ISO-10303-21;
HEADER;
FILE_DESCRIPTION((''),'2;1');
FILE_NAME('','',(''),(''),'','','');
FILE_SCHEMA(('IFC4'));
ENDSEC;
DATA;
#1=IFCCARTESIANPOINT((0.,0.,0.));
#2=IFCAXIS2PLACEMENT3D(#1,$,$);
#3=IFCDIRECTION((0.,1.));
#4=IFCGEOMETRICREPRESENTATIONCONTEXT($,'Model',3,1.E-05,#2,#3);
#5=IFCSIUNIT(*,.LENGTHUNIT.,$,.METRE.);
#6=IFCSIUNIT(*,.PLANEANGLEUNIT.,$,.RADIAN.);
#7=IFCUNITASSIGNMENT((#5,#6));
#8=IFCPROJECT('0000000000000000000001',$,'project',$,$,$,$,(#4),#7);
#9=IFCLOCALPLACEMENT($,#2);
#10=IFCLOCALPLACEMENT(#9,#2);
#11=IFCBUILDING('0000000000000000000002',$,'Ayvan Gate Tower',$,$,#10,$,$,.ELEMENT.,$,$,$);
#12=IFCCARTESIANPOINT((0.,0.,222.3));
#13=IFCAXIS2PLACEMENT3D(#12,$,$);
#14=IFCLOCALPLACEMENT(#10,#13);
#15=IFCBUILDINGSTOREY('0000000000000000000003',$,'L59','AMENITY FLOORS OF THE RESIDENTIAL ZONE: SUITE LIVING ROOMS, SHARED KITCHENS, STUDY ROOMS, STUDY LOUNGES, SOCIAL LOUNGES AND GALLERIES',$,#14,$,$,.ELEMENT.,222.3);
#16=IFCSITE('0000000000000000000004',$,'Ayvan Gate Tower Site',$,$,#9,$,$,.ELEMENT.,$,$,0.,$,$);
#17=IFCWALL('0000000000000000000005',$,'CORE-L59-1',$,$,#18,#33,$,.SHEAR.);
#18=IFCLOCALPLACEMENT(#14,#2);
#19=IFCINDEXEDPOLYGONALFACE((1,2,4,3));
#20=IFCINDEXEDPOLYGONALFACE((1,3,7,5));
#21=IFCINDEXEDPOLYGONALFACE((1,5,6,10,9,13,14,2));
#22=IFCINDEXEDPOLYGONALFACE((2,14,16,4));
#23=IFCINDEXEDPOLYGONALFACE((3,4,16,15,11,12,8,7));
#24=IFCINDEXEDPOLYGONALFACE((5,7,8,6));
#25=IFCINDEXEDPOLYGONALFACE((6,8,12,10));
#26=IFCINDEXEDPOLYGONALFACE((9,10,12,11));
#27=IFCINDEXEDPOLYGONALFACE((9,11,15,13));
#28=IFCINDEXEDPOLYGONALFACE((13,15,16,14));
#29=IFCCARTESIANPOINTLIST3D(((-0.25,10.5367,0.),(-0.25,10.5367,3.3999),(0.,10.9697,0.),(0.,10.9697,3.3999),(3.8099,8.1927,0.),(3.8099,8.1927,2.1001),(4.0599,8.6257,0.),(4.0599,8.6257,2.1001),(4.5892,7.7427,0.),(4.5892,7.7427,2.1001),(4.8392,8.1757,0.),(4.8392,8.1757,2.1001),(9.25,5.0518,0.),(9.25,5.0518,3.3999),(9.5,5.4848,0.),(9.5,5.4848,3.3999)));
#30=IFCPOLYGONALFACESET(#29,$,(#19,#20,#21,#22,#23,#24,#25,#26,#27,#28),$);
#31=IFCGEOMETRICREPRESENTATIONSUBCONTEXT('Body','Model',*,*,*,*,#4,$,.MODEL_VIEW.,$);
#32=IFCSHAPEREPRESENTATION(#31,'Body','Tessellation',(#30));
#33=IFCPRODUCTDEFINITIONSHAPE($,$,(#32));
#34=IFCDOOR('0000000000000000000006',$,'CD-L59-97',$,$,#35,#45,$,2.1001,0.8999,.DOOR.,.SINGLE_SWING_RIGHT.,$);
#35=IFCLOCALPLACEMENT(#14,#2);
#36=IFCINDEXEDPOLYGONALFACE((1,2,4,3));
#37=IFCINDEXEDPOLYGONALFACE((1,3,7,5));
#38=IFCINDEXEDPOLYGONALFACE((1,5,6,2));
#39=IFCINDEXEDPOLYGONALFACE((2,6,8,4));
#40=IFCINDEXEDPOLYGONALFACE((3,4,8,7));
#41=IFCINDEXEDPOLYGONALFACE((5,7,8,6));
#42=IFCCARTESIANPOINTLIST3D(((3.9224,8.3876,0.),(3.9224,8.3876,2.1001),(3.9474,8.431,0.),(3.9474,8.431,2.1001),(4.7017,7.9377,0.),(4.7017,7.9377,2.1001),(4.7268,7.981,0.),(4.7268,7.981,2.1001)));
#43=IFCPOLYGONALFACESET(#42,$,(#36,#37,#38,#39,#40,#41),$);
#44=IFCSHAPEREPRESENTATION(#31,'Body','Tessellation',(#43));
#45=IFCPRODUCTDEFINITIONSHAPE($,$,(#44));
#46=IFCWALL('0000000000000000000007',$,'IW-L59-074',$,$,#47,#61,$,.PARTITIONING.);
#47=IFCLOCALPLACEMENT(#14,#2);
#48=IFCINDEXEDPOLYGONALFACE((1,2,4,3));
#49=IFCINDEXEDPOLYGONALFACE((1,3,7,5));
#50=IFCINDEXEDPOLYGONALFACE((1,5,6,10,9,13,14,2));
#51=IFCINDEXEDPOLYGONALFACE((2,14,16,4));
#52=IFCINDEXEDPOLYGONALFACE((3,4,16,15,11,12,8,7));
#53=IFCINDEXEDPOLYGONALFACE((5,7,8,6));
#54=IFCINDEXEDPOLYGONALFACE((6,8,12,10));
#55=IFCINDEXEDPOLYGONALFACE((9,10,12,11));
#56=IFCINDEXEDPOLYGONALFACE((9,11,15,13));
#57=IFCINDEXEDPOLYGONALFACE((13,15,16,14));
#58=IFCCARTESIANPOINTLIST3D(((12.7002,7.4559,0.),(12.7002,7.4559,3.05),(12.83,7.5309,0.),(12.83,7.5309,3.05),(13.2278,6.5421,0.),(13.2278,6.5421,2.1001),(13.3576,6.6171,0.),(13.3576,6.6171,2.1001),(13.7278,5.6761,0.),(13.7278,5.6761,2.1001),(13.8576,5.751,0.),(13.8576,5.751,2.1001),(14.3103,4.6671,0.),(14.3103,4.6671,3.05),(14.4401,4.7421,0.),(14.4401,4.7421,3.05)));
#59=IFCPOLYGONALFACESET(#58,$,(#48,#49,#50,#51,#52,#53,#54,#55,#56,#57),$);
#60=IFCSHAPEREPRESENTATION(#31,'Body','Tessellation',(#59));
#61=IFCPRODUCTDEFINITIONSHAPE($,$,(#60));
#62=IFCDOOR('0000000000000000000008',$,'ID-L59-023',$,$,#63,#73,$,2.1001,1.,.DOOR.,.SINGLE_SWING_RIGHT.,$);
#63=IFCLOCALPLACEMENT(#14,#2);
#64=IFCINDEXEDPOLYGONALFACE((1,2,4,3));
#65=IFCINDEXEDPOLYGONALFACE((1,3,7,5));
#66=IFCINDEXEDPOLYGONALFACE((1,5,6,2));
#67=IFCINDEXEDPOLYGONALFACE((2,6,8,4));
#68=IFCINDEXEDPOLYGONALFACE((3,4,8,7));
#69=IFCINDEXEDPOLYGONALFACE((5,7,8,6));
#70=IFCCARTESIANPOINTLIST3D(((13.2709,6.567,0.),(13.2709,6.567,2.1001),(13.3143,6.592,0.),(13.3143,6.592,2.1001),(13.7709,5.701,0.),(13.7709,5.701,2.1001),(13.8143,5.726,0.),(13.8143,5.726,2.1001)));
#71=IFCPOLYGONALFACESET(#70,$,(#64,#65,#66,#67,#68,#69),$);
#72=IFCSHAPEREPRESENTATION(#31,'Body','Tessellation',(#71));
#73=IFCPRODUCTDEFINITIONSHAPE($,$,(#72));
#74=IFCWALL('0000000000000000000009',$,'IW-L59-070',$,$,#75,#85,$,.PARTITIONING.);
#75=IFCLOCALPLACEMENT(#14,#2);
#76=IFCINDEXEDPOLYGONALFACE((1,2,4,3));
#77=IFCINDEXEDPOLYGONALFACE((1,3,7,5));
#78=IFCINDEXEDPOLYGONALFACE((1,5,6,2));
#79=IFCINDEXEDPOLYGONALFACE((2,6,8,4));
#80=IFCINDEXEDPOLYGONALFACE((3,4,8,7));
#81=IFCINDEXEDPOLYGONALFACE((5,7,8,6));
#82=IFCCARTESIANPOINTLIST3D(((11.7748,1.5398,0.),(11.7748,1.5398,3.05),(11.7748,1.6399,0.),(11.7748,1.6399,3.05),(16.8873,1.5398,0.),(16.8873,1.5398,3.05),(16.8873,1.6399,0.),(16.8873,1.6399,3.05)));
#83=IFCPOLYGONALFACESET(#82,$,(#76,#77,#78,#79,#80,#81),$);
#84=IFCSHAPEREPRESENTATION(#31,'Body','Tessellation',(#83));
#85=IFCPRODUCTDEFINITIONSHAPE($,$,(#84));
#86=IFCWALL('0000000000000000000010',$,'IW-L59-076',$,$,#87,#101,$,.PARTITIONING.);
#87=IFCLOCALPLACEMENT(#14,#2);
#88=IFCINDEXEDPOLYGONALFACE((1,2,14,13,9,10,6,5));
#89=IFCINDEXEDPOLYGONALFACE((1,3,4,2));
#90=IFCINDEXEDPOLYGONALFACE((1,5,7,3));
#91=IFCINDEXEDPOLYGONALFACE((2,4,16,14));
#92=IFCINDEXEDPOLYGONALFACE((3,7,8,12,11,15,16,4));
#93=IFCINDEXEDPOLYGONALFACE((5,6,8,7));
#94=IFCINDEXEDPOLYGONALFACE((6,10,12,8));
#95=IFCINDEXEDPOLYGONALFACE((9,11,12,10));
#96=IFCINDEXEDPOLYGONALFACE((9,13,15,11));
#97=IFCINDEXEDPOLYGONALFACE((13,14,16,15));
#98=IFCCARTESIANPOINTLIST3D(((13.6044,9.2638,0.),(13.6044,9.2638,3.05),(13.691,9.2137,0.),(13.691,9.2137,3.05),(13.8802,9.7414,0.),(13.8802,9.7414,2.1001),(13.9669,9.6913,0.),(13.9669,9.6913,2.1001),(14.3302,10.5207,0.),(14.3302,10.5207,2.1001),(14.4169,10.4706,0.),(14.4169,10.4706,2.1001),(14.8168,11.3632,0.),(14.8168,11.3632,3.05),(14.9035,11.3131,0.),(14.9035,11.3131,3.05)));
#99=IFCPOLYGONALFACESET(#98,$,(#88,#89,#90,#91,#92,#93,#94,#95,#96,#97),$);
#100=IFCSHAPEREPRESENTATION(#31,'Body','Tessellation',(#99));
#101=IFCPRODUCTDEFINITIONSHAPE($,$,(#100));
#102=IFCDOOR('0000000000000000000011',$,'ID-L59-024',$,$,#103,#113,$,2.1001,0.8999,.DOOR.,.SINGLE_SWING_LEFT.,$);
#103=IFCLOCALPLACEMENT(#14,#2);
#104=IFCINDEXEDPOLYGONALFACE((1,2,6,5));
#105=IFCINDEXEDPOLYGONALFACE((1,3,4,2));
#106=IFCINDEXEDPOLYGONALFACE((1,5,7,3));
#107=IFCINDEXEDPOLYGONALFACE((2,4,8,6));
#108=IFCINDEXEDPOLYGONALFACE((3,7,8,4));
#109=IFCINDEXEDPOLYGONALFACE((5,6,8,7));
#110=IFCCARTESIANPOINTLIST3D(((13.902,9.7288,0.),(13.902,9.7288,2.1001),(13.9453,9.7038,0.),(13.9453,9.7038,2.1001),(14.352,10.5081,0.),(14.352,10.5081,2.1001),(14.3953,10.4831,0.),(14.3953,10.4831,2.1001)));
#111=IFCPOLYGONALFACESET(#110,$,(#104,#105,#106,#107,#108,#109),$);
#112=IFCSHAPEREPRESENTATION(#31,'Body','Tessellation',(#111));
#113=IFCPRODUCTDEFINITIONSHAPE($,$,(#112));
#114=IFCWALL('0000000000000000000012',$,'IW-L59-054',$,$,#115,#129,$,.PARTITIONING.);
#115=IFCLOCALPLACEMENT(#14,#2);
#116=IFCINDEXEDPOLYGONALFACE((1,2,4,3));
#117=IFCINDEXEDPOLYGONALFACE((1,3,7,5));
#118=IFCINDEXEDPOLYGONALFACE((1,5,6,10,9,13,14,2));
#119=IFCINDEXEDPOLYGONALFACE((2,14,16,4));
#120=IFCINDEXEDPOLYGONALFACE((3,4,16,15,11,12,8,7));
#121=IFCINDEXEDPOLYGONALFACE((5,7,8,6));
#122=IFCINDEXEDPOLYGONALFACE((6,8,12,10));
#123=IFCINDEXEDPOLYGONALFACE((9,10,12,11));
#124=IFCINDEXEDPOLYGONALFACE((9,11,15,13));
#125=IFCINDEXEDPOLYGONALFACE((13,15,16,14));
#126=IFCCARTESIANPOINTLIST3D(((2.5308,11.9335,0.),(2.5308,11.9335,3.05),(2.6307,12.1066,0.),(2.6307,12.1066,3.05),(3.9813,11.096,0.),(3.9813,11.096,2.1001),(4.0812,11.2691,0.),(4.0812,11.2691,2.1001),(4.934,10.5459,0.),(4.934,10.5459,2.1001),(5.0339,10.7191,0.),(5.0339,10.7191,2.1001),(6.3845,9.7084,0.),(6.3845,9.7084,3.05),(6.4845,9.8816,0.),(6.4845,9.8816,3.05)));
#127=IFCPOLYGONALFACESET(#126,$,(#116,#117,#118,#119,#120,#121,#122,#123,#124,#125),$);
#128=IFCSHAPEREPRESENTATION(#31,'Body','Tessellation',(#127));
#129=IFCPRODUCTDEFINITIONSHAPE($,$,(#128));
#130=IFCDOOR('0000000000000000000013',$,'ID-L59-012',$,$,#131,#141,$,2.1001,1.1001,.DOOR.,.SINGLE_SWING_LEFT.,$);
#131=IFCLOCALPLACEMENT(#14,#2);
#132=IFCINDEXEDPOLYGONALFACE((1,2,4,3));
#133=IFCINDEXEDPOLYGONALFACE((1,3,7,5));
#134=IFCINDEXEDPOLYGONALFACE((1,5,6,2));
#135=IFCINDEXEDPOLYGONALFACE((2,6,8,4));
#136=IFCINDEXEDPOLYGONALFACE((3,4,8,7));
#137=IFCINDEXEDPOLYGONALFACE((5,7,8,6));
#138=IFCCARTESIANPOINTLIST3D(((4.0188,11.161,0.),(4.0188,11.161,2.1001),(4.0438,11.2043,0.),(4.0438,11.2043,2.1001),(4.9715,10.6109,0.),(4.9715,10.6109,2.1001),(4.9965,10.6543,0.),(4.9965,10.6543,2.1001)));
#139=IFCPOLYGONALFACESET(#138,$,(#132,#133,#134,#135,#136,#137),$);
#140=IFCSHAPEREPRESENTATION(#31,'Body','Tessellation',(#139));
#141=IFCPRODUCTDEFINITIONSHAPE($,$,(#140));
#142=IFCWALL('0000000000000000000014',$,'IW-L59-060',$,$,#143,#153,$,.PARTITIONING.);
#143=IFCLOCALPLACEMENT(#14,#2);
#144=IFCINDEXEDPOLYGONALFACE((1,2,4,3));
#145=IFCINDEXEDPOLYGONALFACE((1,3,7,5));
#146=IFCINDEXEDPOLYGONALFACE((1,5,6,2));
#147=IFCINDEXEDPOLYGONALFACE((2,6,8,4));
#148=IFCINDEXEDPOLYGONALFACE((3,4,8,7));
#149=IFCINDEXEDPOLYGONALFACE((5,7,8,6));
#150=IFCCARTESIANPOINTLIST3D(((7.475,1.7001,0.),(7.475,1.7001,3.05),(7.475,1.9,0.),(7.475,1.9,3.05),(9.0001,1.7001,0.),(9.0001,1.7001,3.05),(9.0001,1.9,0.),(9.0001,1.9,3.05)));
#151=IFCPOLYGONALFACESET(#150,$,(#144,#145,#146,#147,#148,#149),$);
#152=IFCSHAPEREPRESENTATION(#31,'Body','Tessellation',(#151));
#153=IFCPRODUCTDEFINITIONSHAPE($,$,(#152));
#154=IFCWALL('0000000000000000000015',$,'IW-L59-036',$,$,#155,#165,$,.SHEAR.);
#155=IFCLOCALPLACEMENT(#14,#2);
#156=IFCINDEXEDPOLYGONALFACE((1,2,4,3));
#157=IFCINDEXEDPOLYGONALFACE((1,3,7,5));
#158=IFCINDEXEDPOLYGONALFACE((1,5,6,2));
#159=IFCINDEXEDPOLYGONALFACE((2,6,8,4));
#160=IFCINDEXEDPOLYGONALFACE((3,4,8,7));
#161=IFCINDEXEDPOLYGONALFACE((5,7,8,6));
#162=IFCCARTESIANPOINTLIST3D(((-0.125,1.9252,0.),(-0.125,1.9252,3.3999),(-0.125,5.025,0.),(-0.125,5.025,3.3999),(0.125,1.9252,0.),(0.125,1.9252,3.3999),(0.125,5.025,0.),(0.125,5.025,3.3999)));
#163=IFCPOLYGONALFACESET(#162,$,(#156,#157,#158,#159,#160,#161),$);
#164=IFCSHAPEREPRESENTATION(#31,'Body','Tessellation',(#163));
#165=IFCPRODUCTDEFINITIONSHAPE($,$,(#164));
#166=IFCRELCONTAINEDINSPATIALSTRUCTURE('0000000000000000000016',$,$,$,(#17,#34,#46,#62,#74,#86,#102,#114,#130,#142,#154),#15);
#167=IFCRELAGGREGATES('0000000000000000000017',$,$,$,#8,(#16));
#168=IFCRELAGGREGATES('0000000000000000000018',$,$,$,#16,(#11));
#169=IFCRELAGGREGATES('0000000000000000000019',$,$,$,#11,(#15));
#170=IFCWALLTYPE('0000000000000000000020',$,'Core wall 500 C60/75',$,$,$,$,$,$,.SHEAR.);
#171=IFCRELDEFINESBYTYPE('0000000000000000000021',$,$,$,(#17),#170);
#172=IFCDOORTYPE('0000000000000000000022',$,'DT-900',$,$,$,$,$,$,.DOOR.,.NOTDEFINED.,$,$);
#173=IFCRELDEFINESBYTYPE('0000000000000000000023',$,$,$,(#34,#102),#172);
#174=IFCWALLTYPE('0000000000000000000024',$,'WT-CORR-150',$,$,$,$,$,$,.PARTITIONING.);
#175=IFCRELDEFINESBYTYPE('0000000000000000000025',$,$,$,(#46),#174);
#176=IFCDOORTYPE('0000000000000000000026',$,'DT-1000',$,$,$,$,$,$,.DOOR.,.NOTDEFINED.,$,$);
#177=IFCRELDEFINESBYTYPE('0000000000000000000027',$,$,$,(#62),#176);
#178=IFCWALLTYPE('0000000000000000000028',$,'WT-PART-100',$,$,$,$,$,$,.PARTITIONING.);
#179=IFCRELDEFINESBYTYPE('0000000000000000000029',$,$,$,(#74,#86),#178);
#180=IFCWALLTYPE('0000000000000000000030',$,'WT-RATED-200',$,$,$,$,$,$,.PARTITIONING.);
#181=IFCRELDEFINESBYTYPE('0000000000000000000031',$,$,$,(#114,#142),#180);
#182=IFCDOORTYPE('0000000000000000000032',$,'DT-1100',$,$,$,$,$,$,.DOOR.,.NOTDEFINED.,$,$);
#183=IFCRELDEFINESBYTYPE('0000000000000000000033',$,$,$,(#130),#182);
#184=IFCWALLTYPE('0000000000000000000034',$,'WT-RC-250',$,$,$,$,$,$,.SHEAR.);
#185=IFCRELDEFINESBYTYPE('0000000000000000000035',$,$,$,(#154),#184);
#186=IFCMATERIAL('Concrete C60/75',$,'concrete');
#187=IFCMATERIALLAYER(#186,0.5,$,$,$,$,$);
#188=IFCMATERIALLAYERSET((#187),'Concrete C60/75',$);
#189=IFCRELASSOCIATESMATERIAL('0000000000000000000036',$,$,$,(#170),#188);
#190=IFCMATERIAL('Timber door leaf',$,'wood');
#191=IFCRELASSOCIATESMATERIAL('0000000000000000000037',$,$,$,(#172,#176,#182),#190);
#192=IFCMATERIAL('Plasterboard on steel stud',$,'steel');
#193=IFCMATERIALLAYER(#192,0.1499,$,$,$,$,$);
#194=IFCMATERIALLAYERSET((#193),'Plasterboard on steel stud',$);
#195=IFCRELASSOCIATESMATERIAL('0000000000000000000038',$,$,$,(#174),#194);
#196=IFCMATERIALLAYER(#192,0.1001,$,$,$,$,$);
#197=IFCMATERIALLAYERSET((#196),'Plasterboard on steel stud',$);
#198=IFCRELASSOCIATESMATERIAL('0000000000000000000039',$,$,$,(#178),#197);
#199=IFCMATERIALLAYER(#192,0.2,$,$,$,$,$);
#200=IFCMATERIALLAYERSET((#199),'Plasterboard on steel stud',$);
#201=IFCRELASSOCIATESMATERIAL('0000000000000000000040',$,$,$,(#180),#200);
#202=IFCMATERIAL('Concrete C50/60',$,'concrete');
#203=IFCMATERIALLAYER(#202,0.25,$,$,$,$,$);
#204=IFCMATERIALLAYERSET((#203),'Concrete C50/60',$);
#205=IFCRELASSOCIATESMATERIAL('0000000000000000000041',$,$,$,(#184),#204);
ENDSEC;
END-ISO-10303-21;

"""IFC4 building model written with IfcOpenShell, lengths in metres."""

from ifc_helpers import new_model, si_unit, direction, frame, frame_2d, origin, place, context, subcontext, project, spatial, rectangle, extrude, material, layer, layer_set, type_object, element, fill, save


model = new_model("IFC4")

# Units and contexts
model_context = context("Model", 3, precision=1e-05, world=origin(), true_north=direction((0.0, 1.0)))
body_context = subcontext(model_context, "Body", "Model", "MODEL_VIEW")
ifc_project = project(units=[si_unit("LENGTHUNIT", "METRE"), si_unit("PLANEANGLEUNIT", "RADIAN")], contexts=[model_context])

# Site, building, storey
site_placement = place(None, origin())
site = spatial("IfcSite", under=ifc_project, at=site_placement, Name="Ayvan Gate Tower Site", CompositionType="ELEMENT", RefElevation=0.0)
building_placement = place(site_placement, origin())
building = spatial("IfcBuilding", under=site, at=building_placement, Name="Ayvan Gate Tower", CompositionType="ELEMENT")
storey_placement = place(building_placement, frame((0.0, 0.0, 222.3)))
storey = spatial("IfcBuildingStorey", under=building, at=storey_placement, Name="L59", Description="AMENITY FLOORS OF THE RESIDENTIAL ZONE: SUITE LIVING ROOMS, SHARED KITCHENS, STUDY ROOMS, STUDY LOUNGES, SOCIAL LOUNGES AND GALLERIES", CompositionType="ELEMENT", Elevation=222.3)

# Walls, openings, doors
ifc_material_1 = material(Name="Concrete C60/75", Category="concrete")
ifc_layer_1 = layer(ifc_material_1, 0.5)
ifc_layer_set_1 = layer_set([ifc_layer_1], Name="Concrete C60/75")
wall_type_1 = type_object("IfcWallType", Name="Core wall 500 C60/75", PredefinedType="SHEAR", material=ifc_layer_set_1)
wall_1_placement = place(storey_placement, frame((9.375, 5.2683, 0.0), z_axis=(0.0, 0.0, 1.0), x_axis=(-0.866024, 0.500002, 0.0)))
wall_1 = element("IfcWall", 1, at=wall_1_placement, inside=storey, type_object=wall_type_1, Name="CORE-L59-1", PredefinedType="SHEAR", context=body_context, shape_type="SweptSolid", body=[
    extrude(rectangle(XDim=10.9697, YDim=0.5, at=frame_2d((5.4849, 0.0))), origin(), (0.0, 0.0, 1.0), 3.3999),
])
opening_1_placement = place(wall_1_placement, frame((5.3818, 0.0, 0.0)))
opening_1 = element("IfcOpeningElement", 2, at=opening_1_placement, cuts=wall_1, PredefinedType="OPENING", context=body_context, shape_type="SweptSolid", body=[
    extrude(rectangle(XDim=0.8999, YDim=2.1001, at=frame_2d((0.45, 1.05))), frame((0.0, 0.26, 0.0), z_axis=(0.0, -1.0, 0.0), x_axis=(1.0, 0.0, 0.0)), (0.0, 0.0, 1.0), 0.52),
])
ifc_material_2 = material(Name="Timber door leaf", Category="wood")
door_type_1 = type_object("IfcDoorType", Name="DT-900", OperationType="NOTDEFINED", PredefinedType="DOOR", material=ifc_material_2)
door_1_placement = place(opening_1_placement, origin())
door_1 = element("IfcDoor", 3, at=door_1_placement, inside=storey, type_object=door_type_1, Name="CD-L59-97", OperationType="SINGLE_SWING_RIGHT", OverallHeight=2.1001, OverallWidth=0.8999, PredefinedType="DOOR", context=body_context, shape_type="SweptSolid", body=[
    extrude(rectangle(XDim=0.8999, YDim=2.1001, at=frame_2d((0.45, 1.05))), frame((0.0, 0.0249, 0.0), z_axis=(0.0, -1.0, 0.0), x_axis=(1.0, 0.0, 0.0)), (0.0, 0.0, 1.0), 0.05),
])
fill(opening_1, door_1)
ifc_material_3 = material(Name="Plasterboard on steel stud", Category="steel")
ifc_layer_2 = layer(ifc_material_3, 0.1499)
ifc_layer_set_2 = layer_set([ifc_layer_2], Name="Plasterboard on steel stud")
wall_type_2 = type_object("IfcWallType", Name="WT-CORR-150", PredefinedType="PARTITIONING", material=ifc_layer_set_2)
wall_2_placement = place(storey_placement, frame((12.7651, 7.4934, 0.0), z_axis=(0.0, 0.0, 1.0), x_axis=(0.499996, -0.866028, 0.0)))
wall_2 = element("IfcWall", 4, at=wall_2_placement, inside=storey, type_object=wall_type_2, Name="IW-L59-074", PredefinedType="PARTITIONING", context=body_context, shape_type="SweptSolid", body=[
    extrude(rectangle(XDim=3.2202, YDim=0.1499, at=frame_2d((1.6101, 0.0))), origin(), (0.0, 0.0, 1.0), 3.05),
])
opening_2_placement = place(wall_2_placement, frame((1.0552, 0.0, 0.0)))
opening_2 = element("IfcOpeningElement", 5, at=opening_2_placement, cuts=wall_2, PredefinedType="OPENING", context=body_context, shape_type="SweptSolid", body=[
    extrude(rectangle(XDim=1.0, YDim=2.1001, at=frame_2d((0.5, 1.05))), frame((0.0, 0.085, 0.0), z_axis=(0.0, -1.0, 0.0), x_axis=(1.0, 0.0, 0.0)), (0.0, 0.0, 1.0), 0.1699),
])
door_type_2 = type_object("IfcDoorType", Name="DT-1000", OperationType="NOTDEFINED", PredefinedType="DOOR", material=ifc_material_2)
door_2_placement = place(opening_2_placement, origin())
door_2 = element("IfcDoor", 6, at=door_2_placement, inside=storey, type_object=door_type_2, Name="ID-L59-023", OperationType="SINGLE_SWING_RIGHT", OverallHeight=2.1001, OverallWidth=1.0, PredefinedType="DOOR", context=body_context, shape_type="SweptSolid", body=[
    extrude(rectangle(XDim=1.0, YDim=2.1001, at=frame_2d((0.5, 1.05))), frame((0.0, 0.0249, 0.0), z_axis=(0.0, -1.0, 0.0), x_axis=(1.0, 0.0, 0.0)), (0.0, 0.0, 1.0), 0.05),
])
fill(opening_2, door_2)

# Wall
ifc_layer_3 = layer(ifc_material_3, 0.1001)
ifc_layer_set_3 = layer_set([ifc_layer_3], Name="Plasterboard on steel stud")
wall_type_3 = type_object("IfcWallType", Name="WT-PART-100", PredefinedType="PARTITIONING", material=ifc_layer_set_3)
wall_3_placement = place(storey_placement, frame((11.7749, 1.5898, 0.0), z_axis=(0.0, 0.0, 1.0), x_axis=(1.0, 0.0, 0.0)))
element("IfcWall", 7, at=wall_3_placement, inside=storey, type_object=wall_type_3, Name="IW-L59-070", PredefinedType="PARTITIONING", context=body_context, shape_type="SweptSolid", body=[
    extrude(rectangle(XDim=5.1125, YDim=0.1001, at=frame_2d((2.5562, 0.0))), origin(), (0.0, 0.0, 1.0), 3.05),
])

# Walls, openings, doors
wall_4_placement = place(storey_placement, frame((13.6477, 9.2388, 0.0), z_axis=(0.0, 0.0, 1.0), x_axis=(0.500103, 0.865966, 0.0)))
wall_4 = element("IfcWall", 8, at=wall_4_placement, inside=storey, type_object=wall_type_3, Name="IW-L59-076", PredefinedType="PARTITIONING", context=body_context, shape_type="SweptSolid", body=[
    extrude(rectangle(XDim=2.4243, YDim=0.1001, at=frame_2d((1.2122, 0.0))), origin(), (0.0, 0.0, 1.0), 3.05),
])
opening_3_placement = place(wall_4_placement, frame((0.5515, 0.0, 0.0)))
opening_3 = element("IfcOpeningElement", 9, at=opening_3_placement, cuts=wall_4, PredefinedType="OPENING", context=body_context, shape_type="SweptSolid", body=[
    extrude(rectangle(XDim=0.8999, YDim=2.1001, at=frame_2d((0.45, 1.05))), frame((0.0, 0.0601, 0.0), z_axis=(0.0, -1.0, 0.0), x_axis=(1.0, 0.0, 0.0)), (0.0, 0.0, 1.0), 0.1201),
])
door_3_placement = place(opening_3_placement, origin())
door_3 = element("IfcDoor", 10, at=door_3_placement, inside=storey, type_object=door_type_1, Name="ID-L59-024", OperationType="SINGLE_SWING_LEFT", OverallHeight=2.1001, OverallWidth=0.8999, PredefinedType="DOOR", context=body_context, shape_type="SweptSolid", body=[
    extrude(rectangle(XDim=0.8999, YDim=2.1001, at=frame_2d((0.45, 1.05))), frame((0.0, 0.0249, 0.0), z_axis=(0.0, -1.0, 0.0), x_axis=(1.0, 0.0, 0.0)), (0.0, 0.0, 1.0), 0.05),
])
fill(opening_3, door_3)
ifc_layer_4 = layer(ifc_material_3, 0.2)
ifc_layer_set_4 = layer_set([ifc_layer_4], Name="Plasterboard on steel stud")
wall_type_4 = type_object("IfcWallType", Name="WT-RATED-200", PredefinedType="PARTITIONING", material=ifc_layer_set_4)
wall_5_placement = place(storey_placement, frame((6.4346, 9.7949, 0.0), z_axis=(0.0, 0.0, 1.0), x_axis=(-0.866013, 0.500022, 0.0)))
wall_5 = element("IfcWall", 11, at=wall_5_placement, inside=storey, type_object=wall_type_4, Name="IW-L59-054", PredefinedType="PARTITIONING", context=body_context, shape_type="SweptSolid", body=[
    extrude(rectangle(XDim=4.45, YDim=0.2, at=frame_2d((2.2251, 0.0))), origin(), (0.0, 0.0, 1.0), 3.05),
])
opening_4_placement = place(wall_5_placement, frame((1.675, 0.0, 0.0)))
opening_4 = element("IfcOpeningElement", 12, at=opening_4_placement, cuts=wall_5, PredefinedType="OPENING", context=body_context, shape_type="SweptSolid", body=[
    extrude(rectangle(XDim=1.1001, YDim=2.1001, at=frame_2d((0.55, 1.05))), frame((0.0, 0.1099, 0.0), z_axis=(0.0, -1.0, 0.0), x_axis=(1.0, 0.0, 0.0)), (0.0, 0.0, 1.0), 0.22),
])
door_type_3 = type_object("IfcDoorType", Name="DT-1100", OperationType="NOTDEFINED", PredefinedType="DOOR", material=ifc_material_2)
door_4_placement = place(opening_4_placement, origin())
door_4 = element("IfcDoor", 13, at=door_4_placement, inside=storey, type_object=door_type_3, Name="ID-L59-012", OperationType="SINGLE_SWING_LEFT", OverallHeight=2.1001, OverallWidth=1.1001, PredefinedType="DOOR", context=body_context, shape_type="SweptSolid", body=[
    extrude(rectangle(XDim=1.1001, YDim=2.1001, at=frame_2d((0.55, 1.05))), frame((0.0, 0.0249, 0.0), z_axis=(0.0, -1.0, 0.0), x_axis=(1.0, 0.0, 0.0)), (0.0, 0.0, 1.0), 0.05),
])
fill(opening_4, door_4)

# Walls
wall_6_placement = place(storey_placement, frame((7.4749, 1.8, 0.0), z_axis=(0.0, 0.0, 1.0), x_axis=(1.0, 0.0, 0.0)))
element("IfcWall", 14, at=wall_6_placement, inside=storey, type_object=wall_type_4, Name="IW-L59-060", PredefinedType="PARTITIONING", context=body_context, shape_type="SweptSolid", body=[
    extrude(rectangle(XDim=1.5251, YDim=0.2, at=frame_2d((0.7627, 0.0))), origin(), (0.0, 0.0, 1.0), 3.05),
])
ifc_material_4 = material(Name="Concrete C50/60", Category="concrete")
ifc_layer_5 = layer(ifc_material_4, 0.25)
ifc_layer_set_5 = layer_set([ifc_layer_5], Name="Concrete C50/60")
wall_type_5 = type_object("IfcWallType", Name="WT-RC-250", PredefinedType="SHEAR", material=ifc_layer_set_5)
for number, where, z_axis, x_axis, name in (
    (15, (0.0, 5.0249, 0.0), (0.0, 0.0, 1.0), (0.0, -1.0, 0.0), "IW-L59-036"),
):
    element("IfcWall", number, at=place(storey_placement, frame(where, z_axis=z_axis, x_axis=x_axis)), inside=storey, type_object=wall_type_5, Name=name, PredefinedType="SHEAR", context=body_context, shape_type="SweptSolid", body=[
        extrude(rectangle(XDim=3.0999, YDim=0.25, at=frame_2d((1.5498, 0.0))), origin(), (0.0, 0.0, 1.0), 3.3999),
    ])

save(model, "model.ifc")
